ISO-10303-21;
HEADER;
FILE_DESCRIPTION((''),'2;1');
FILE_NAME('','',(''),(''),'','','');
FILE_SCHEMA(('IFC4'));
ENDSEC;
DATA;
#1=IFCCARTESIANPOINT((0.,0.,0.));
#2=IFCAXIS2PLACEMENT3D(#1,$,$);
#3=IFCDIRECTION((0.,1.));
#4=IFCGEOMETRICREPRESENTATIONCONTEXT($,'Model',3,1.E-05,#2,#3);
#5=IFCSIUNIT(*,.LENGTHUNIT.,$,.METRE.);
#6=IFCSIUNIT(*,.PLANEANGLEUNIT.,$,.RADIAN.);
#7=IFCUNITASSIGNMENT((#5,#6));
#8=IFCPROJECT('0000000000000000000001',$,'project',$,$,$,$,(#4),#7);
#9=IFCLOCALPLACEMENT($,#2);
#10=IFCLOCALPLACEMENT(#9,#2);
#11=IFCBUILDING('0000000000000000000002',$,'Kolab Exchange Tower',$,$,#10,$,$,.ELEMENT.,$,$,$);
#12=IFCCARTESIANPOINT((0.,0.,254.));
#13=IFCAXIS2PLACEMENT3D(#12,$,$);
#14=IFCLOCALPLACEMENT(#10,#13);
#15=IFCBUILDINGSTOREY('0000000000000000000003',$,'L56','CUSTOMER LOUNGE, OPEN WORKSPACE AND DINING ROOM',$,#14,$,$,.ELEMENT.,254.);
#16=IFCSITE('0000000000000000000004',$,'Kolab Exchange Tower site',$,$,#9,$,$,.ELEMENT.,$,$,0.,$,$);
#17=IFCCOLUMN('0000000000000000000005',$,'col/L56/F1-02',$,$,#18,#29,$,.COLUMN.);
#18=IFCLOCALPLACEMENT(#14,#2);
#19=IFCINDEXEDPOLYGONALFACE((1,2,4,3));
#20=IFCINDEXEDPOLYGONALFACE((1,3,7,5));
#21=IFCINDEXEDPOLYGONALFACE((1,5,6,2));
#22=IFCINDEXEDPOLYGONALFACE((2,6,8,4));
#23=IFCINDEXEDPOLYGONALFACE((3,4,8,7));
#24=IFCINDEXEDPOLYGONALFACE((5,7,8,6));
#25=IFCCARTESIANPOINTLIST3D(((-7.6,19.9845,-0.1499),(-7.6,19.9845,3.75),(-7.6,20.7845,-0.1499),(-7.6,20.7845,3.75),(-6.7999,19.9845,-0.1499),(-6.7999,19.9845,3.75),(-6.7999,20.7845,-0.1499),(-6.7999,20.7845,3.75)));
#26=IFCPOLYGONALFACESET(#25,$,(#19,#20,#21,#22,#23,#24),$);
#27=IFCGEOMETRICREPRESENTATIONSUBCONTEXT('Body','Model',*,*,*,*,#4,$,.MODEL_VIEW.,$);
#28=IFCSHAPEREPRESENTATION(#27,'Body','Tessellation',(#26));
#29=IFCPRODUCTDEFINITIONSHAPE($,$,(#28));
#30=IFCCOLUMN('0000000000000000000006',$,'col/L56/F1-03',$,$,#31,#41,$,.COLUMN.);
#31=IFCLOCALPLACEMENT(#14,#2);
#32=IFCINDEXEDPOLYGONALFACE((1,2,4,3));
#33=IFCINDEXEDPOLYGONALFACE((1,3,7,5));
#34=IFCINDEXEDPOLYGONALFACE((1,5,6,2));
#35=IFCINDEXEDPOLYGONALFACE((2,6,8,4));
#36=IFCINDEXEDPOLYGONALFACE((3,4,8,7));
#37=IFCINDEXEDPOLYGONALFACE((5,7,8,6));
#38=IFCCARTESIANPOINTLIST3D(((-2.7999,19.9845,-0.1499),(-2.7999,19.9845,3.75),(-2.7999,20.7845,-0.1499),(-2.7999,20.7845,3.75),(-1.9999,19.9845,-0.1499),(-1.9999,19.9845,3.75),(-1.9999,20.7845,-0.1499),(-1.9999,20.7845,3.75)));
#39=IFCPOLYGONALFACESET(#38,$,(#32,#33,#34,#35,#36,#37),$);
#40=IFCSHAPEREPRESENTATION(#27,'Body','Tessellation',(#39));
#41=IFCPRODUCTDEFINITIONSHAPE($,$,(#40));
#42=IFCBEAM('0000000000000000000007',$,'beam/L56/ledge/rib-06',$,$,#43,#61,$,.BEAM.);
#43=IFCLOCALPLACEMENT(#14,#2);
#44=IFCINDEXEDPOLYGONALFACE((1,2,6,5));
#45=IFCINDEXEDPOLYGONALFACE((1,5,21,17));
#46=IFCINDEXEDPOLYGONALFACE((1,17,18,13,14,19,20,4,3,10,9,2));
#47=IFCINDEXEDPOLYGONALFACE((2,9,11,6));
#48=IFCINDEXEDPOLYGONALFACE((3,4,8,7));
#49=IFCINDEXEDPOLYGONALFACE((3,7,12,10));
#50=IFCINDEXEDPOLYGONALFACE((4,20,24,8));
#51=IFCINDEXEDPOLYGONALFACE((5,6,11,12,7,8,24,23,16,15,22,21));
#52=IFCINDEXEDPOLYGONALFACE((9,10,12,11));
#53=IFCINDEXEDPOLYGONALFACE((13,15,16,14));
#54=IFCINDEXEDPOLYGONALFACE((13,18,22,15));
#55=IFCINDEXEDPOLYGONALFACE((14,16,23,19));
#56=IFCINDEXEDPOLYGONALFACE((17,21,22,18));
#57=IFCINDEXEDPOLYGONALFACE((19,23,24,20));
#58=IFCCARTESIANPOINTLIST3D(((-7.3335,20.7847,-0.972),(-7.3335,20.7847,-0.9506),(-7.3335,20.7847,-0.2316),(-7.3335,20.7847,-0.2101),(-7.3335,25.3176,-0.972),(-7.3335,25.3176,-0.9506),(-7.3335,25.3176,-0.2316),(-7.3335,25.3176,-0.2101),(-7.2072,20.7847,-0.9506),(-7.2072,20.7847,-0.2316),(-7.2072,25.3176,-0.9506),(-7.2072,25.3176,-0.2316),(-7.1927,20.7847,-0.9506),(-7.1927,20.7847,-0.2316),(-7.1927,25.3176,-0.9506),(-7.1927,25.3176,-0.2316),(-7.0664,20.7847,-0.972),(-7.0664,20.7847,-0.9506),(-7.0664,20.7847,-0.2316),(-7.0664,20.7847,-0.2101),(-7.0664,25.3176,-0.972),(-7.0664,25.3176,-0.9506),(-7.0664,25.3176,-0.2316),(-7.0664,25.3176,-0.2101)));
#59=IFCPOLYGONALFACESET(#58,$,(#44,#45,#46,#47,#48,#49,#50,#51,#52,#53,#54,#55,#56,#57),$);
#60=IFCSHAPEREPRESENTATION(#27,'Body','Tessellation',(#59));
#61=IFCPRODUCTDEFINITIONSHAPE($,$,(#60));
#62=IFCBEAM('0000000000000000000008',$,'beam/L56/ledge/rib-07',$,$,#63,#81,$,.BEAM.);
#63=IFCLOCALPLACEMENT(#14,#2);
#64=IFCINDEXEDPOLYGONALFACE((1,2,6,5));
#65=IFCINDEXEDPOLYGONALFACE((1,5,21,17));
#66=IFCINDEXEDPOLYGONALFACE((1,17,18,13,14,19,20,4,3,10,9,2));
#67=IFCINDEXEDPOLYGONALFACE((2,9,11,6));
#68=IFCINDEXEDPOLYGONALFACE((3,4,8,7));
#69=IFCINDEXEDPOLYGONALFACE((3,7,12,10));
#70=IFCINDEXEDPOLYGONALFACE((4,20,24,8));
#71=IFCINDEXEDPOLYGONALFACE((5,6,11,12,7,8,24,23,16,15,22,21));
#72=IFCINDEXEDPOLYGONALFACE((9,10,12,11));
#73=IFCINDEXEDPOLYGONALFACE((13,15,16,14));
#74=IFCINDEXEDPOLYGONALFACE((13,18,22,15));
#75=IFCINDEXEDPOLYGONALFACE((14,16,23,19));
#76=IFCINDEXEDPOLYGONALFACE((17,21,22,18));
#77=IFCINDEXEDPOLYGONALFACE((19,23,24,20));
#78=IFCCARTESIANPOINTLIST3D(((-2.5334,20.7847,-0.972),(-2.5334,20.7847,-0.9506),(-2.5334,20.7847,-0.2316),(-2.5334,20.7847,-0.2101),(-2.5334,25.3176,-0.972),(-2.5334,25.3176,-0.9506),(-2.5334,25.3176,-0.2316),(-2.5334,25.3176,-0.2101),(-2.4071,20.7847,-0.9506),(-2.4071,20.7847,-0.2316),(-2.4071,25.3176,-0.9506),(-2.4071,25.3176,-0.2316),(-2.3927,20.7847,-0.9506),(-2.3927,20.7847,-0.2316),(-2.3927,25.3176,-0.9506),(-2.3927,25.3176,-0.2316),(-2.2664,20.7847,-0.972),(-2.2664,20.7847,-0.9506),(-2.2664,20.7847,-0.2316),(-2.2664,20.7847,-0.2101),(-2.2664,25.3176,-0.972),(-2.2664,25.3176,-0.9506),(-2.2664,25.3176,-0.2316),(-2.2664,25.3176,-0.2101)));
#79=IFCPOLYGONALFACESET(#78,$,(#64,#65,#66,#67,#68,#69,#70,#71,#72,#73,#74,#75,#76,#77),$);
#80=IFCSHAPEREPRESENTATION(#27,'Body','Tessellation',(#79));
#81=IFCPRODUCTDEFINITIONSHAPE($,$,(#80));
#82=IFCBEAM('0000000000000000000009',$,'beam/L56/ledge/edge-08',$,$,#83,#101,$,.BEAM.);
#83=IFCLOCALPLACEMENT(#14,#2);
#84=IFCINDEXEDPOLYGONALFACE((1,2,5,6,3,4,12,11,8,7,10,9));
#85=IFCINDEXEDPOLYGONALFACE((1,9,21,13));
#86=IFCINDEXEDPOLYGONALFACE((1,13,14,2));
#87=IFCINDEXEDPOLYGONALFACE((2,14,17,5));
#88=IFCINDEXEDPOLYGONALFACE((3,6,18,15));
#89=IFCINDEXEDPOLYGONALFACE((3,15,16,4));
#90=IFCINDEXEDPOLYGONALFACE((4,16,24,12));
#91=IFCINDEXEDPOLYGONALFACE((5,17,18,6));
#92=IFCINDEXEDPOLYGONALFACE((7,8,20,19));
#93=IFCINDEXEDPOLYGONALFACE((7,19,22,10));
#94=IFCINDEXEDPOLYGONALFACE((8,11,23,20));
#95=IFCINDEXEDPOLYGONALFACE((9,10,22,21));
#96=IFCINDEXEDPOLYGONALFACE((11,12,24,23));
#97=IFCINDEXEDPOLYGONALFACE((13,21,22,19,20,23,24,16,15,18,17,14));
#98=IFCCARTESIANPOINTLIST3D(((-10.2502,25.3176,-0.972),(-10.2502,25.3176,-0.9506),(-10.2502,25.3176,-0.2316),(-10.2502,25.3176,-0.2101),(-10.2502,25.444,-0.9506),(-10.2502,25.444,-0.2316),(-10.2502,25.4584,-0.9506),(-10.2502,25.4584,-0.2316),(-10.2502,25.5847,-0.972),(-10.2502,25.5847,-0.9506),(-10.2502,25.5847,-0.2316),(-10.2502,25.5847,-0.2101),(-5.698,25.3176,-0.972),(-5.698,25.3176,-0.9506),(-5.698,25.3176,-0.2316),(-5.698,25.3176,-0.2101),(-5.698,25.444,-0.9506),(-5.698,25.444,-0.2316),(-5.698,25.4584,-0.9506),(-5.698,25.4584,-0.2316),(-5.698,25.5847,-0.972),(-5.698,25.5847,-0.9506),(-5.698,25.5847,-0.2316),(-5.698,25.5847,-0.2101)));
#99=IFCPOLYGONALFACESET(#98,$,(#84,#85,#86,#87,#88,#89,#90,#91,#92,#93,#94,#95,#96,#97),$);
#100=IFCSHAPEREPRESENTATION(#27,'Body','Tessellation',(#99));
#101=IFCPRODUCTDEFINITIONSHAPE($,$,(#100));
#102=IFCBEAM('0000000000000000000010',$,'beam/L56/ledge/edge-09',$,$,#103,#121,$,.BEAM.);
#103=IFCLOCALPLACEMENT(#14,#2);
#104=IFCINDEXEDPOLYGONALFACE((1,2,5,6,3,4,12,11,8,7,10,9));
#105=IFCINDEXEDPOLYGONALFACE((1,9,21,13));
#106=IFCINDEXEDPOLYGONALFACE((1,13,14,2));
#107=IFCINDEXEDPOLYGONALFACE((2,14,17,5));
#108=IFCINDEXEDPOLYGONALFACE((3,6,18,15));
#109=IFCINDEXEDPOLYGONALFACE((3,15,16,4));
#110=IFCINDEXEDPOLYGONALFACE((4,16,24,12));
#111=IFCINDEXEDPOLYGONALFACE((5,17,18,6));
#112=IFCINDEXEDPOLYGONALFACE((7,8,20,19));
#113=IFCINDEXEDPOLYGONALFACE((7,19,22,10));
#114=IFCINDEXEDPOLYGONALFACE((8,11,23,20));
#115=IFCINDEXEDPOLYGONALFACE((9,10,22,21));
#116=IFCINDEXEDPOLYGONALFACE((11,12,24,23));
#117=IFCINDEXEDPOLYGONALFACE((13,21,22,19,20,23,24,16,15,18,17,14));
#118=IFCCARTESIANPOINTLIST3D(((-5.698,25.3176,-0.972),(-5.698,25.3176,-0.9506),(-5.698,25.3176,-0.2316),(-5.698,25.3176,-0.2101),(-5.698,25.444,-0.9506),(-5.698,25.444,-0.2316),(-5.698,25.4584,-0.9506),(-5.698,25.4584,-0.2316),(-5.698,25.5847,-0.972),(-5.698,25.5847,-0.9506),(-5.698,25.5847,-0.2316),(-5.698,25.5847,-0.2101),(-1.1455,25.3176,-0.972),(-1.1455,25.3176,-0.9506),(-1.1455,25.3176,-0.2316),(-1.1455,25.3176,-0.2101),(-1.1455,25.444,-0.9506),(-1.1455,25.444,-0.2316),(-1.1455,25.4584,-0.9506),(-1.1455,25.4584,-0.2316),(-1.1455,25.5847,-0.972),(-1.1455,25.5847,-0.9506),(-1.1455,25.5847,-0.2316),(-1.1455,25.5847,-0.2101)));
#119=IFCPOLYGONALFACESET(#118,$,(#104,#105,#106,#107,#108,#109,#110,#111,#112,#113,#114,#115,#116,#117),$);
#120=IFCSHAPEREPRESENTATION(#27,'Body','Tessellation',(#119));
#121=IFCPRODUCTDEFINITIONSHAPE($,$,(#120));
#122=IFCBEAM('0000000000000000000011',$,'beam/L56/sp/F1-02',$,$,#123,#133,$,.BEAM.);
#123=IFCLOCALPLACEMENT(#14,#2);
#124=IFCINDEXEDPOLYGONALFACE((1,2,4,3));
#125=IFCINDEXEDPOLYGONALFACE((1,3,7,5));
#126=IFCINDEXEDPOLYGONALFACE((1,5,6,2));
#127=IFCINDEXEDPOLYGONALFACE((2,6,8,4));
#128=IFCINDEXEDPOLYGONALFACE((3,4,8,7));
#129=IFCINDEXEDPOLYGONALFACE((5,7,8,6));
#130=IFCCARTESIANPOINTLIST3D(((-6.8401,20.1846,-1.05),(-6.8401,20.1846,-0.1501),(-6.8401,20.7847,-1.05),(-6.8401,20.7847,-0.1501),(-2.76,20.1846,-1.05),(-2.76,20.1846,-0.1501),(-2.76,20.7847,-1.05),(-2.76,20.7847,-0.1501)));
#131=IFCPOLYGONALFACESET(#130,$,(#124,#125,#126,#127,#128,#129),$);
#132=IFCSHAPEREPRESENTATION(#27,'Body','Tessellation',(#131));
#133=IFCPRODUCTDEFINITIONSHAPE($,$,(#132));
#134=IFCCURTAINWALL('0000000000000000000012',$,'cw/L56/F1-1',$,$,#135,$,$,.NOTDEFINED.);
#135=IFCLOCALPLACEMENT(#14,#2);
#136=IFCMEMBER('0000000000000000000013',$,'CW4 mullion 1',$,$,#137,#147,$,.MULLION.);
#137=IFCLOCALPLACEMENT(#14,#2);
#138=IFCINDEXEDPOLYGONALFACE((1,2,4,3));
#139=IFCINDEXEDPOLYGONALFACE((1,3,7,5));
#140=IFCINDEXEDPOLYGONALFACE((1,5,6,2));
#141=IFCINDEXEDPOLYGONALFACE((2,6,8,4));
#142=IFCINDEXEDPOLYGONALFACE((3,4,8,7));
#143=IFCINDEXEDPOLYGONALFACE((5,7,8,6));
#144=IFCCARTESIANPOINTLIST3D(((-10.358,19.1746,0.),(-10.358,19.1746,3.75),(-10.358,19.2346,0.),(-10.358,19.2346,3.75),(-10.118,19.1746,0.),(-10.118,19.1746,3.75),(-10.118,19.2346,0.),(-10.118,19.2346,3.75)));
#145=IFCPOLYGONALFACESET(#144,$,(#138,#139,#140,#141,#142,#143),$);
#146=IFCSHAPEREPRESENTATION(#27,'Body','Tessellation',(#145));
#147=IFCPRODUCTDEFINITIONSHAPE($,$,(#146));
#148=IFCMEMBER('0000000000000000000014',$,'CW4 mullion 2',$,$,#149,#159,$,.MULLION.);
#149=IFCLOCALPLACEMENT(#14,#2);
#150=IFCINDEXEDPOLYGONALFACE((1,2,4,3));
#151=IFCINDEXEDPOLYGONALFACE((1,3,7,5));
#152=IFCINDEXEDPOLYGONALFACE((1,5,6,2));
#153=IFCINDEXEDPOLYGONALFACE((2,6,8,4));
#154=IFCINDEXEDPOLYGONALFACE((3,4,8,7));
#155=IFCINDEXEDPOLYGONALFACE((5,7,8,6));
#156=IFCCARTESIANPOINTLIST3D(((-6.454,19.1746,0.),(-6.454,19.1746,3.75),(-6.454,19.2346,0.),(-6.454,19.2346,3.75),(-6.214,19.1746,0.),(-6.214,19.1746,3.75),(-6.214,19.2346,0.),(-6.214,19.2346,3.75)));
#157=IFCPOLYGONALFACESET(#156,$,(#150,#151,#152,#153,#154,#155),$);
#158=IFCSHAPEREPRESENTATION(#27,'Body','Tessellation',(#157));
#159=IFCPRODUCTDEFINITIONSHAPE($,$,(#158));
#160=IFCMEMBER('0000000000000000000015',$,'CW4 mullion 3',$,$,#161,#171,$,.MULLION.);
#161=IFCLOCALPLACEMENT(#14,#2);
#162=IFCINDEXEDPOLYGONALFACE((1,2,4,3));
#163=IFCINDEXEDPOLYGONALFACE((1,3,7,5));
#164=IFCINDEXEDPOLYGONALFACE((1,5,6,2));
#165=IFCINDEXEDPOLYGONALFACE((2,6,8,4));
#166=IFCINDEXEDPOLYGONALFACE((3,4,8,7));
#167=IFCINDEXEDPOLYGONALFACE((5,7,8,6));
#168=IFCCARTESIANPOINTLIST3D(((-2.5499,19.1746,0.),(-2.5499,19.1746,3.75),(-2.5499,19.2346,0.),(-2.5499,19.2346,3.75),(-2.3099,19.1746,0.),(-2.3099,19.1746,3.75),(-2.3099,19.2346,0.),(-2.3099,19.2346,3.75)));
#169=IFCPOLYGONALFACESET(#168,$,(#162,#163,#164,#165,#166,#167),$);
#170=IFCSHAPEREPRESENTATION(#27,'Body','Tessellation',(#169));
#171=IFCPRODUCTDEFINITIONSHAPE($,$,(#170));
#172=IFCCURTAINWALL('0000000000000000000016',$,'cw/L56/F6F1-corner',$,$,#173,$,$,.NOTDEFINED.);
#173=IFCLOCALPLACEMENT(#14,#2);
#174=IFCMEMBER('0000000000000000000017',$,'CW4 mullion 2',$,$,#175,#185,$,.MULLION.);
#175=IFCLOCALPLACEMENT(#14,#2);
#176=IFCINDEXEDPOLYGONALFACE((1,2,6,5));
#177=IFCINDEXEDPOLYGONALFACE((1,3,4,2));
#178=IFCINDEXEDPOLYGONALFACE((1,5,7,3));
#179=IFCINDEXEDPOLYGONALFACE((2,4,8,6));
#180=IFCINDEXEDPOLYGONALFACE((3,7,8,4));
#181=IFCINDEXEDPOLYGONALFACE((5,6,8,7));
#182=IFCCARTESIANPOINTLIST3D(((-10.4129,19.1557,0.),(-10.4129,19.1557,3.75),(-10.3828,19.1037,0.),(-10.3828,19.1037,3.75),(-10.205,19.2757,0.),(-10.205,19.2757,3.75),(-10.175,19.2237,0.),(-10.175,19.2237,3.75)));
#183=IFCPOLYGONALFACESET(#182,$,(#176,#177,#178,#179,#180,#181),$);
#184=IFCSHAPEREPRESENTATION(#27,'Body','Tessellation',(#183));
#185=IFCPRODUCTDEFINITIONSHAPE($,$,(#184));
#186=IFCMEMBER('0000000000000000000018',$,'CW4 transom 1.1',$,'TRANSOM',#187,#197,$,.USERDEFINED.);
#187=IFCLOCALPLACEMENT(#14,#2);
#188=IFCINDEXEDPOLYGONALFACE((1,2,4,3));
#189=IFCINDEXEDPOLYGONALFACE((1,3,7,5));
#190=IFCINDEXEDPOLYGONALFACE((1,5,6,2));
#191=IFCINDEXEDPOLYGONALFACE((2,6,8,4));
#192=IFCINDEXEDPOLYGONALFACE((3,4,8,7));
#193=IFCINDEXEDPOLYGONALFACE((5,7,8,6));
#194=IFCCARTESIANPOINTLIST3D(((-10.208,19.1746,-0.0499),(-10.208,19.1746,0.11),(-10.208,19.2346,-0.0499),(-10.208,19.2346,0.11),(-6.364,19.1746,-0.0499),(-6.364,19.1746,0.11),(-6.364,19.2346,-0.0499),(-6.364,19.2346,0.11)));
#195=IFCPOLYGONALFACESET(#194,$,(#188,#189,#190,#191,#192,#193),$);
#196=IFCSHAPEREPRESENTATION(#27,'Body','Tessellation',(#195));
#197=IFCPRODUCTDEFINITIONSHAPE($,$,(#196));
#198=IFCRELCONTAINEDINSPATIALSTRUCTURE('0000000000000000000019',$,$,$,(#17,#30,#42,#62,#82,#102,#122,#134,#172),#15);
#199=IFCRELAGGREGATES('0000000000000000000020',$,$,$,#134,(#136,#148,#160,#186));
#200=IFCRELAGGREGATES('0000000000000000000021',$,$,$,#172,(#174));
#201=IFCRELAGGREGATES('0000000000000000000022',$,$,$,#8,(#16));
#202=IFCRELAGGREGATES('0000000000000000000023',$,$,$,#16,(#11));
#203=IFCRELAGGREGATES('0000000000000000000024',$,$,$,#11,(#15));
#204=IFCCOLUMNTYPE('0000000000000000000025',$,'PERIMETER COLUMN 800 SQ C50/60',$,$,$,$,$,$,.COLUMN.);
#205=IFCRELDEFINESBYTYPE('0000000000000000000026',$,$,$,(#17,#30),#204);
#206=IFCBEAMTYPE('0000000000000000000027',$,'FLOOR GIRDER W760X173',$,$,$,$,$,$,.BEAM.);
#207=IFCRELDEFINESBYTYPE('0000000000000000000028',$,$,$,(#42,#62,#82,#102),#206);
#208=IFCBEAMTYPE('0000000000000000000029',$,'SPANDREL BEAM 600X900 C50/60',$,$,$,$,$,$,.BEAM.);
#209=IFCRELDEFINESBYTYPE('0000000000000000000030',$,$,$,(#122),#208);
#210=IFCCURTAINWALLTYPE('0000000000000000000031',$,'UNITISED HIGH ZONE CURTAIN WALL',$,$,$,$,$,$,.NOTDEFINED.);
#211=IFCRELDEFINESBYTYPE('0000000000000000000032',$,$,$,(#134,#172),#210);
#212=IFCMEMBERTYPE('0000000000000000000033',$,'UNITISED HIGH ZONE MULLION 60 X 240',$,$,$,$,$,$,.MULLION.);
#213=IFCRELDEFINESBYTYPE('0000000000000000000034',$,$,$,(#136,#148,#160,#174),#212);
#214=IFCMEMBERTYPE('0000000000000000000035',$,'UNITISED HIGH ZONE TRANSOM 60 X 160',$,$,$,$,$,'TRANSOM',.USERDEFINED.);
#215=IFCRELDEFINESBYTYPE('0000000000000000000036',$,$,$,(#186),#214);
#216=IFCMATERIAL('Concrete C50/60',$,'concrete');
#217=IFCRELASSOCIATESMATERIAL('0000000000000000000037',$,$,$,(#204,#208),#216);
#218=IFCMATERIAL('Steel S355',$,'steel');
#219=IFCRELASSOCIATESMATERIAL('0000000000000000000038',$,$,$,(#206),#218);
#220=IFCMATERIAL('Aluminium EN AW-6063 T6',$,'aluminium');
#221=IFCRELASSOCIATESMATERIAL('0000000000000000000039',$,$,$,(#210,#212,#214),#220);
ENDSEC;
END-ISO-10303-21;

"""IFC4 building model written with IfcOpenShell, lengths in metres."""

from ifc_helpers import new_model, si_unit, direction, frame, origin, origin_2d, place, context, subcontext, project, spatial, rectangle, i_section, extrude, material, material_profile, profile_set, type_object, element, aggregate, save


model = new_model("IFC4")

# Units and contexts
model_context = context("Model", 3, precision=1e-05, world=origin(), true_north=direction((0.0, 1.0)))
body_context = subcontext(model_context, "Body", "Model", "MODEL_VIEW")
ifc_project = project(units=[si_unit("LENGTHUNIT", "METRE"), si_unit("PLANEANGLEUNIT", "RADIAN")], contexts=[model_context])

# Site, building, storey
site_placement = place(None, origin())
site = spatial("IfcSite", under=ifc_project, at=site_placement, Name="Kolab Exchange Tower site", CompositionType="ELEMENT", RefElevation=0.0)
building_placement = place(site_placement, origin())
building = spatial("IfcBuilding", under=site, at=building_placement, Name="Kolab Exchange Tower", CompositionType="ELEMENT")
storey_placement = place(building_placement, frame((0.0, 0.0, 254.0)))
storey = spatial("IfcBuildingStorey", under=building, at=storey_placement, Name="L56", Description="CUSTOMER LOUNGE, OPEN WORKSPACE AND DINING ROOM", CompositionType="ELEMENT", Elevation=254.0)

# Columns
ifc_material_1 = material(Name="Concrete C50/60", Category="concrete")
ifc_material_profile_1 = material_profile(ifc_material_1, rectangle(XDim=0.8, YDim=0.8, at=origin_2d()), Name="RC800")
ifc_profile_set_1 = profile_set([ifc_material_profile_1], Name="Concrete C50/60")
column_type = type_object("IfcColumnType", Name="PERIMETER COLUMN 800 SQ C50/60", PredefinedType="COLUMN", material=ifc_profile_set_1)
for number, where, z_axis, x_axis, name in (
    (1, (-7.2, 20.3845, -0.1499), (0.0, 0.0, 1.0), (1.0, 0.0, 0.0), "col/L56/F1-02"),
    (2, (-2.3999, 20.3845, -0.1499), (0.0, 0.0, 1.0), (1.0, 0.0, 0.0), "col/L56/F1-03"),
):
    element("IfcColumn", number, at=place(storey_placement, frame(where, z_axis=z_axis, x_axis=x_axis)), inside=storey, type_object=column_type, Name=name, PredefinedType="COLUMN", context=body_context, shape_type="SweptSolid", body=[
        extrude(rectangle(XDim=0.8, YDim=0.8, at=origin_2d()), origin(), (0.0, 0.0, 1.0), 3.8999),
    ])

# Beams
ifc_material_2 = material(Name="Steel S355", Category="steel")
ifc_material_profile_2 = material_profile(ifc_material_2, i_section(OverallWidth=0.2671, OverallDepth=0.762, WebThickness=0.0144, FlangeThickness=0.0215, at=origin_2d()), Name="W760X173")
ifc_profile_set_2 = profile_set([ifc_material_profile_2], Name="Steel S355")
beam_type_1 = type_object("IfcBeamType", Name="FLOOR GIRDER W760X173", PredefinedType="BEAM", material=ifc_profile_set_2)
for number, where, z_axis, x_axis, name in (
    (3, (-7.2, 20.7847, -0.5911), (0.0, 1.0, 0.0), (-1.0, 0.0, 0.0), "beam/L56/ledge/rib-06"),
    (4, (-2.3999, 20.7847, -0.5911), (0.0, 1.0, 0.0), (-1.0, 0.0, 0.0), "beam/L56/ledge/rib-07"),
):
    element("IfcBeam", number, at=place(storey_placement, frame(where, z_axis=z_axis, x_axis=x_axis)), inside=storey, type_object=beam_type_1, Name=name, PredefinedType="BEAM", context=body_context, shape_type="SweptSolid", body=[
        extrude(i_section(OverallWidth=0.2671, OverallDepth=0.762, WebThickness=0.0144, FlangeThickness=0.0215, at=origin_2d()), origin(), (0.0, 0.0, 1.0), 4.533),
    ])
beam_1_placement = place(storey_placement, frame((-10.2502, 25.4512, -0.5911), z_axis=(1.0, 0.0, 0.0), x_axis=(0.0, 1.0, 0.0)))
element("IfcBeam", 5, at=beam_1_placement, inside=storey, type_object=beam_type_1, Name="beam/L56/ledge/edge-08", PredefinedType="BEAM", context=body_context, shape_type="SweptSolid", body=[
    extrude(i_section(OverallWidth=0.2671, OverallDepth=0.762, WebThickness=0.0144, FlangeThickness=0.0215, at=origin_2d()), origin(), (0.0, 0.0, 1.0), 4.5522),
])
beam_2_placement = place(storey_placement, frame((-5.698, 25.4512, -0.5911), z_axis=(1.0, 0.0, 0.0), x_axis=(0.0, 1.0, 0.0)))
element("IfcBeam", 6, at=beam_2_placement, inside=storey, type_object=beam_type_1, Name="beam/L56/ledge/edge-09", PredefinedType="BEAM", context=body_context, shape_type="SweptSolid", body=[
    extrude(i_section(OverallWidth=0.2671, OverallDepth=0.762, WebThickness=0.0144, FlangeThickness=0.0215, at=origin_2d()), origin(), (0.0, 0.0, 1.0), 4.5525),
])
ifc_material_profile_3 = material_profile(ifc_material_1, rectangle(XDim=0.6001, YDim=0.8999, at=origin_2d()), Name="RC600X900")
ifc_profile_set_3 = profile_set([ifc_material_profile_3], Name="Concrete C50/60")
beam_type_2 = type_object("IfcBeamType", Name="SPANDREL BEAM 600X900 C50/60", PredefinedType="BEAM", material=ifc_profile_set_3)
beam_3_placement = place(storey_placement, frame((-6.8401, 20.4846, -0.6001), z_axis=(1.0, 0.0, 0.0), x_axis=(0.0, 1.0, 0.0)))
element("IfcBeam", 7, at=beam_3_placement, inside=storey, type_object=beam_type_2, Name="beam/L56/sp/F1-02", PredefinedType="BEAM", context=body_context, shape_type="SweptSolid", body=[
    extrude(rectangle(XDim=0.6001, YDim=0.8999, at=origin_2d()), origin(), (0.0, 0.0, 1.0), 4.0801),
])

# Curtain wall, members
ifc_material_3 = material(Name="Aluminium EN AW-6063 T6", Category="aluminium")
curtain_wall_type = type_object("IfcCurtainWallType", Name="UNITISED HIGH ZONE CURTAIN WALL", PredefinedType="NOTDEFINED", material=ifc_material_3)
curtain_wall_1_placement = place(storey_placement, origin())
curtain_wall_1 = element("IfcCurtainWall", 8, at=curtain_wall_1_placement, inside=storey, type_object=curtain_wall_type, Name="cw/L56/F1-1", PredefinedType="NOTDEFINED")
ifc_material_profile_4 = material_profile(ifc_material_3, rectangle(XDim=0.0601, YDim=0.24, at=origin_2d()), Name="RECT 60X240")
ifc_profile_set_4 = profile_set([ifc_material_profile_4], Name="Aluminium EN AW-6063 T6")
member_type_1 = type_object("IfcMemberType", Name="UNITISED HIGH ZONE MULLION 60 X 240", PredefinedType="MULLION", material=ifc_profile_set_4)
member_1_placement = place(storey_placement, frame((-10.238, 19.2046, 0.0), z_axis=(0.0, 0.0, 1.0), x_axis=(0.0, 1.0, 0.0)))
member_1 = element("IfcMember", 9, at=member_1_placement, type_object=member_type_1, Name="CW4 mullion 1", PredefinedType="MULLION", context=body_context, shape_type="SweptSolid", body=[
    extrude(rectangle(XDim=0.0601, YDim=0.24, at=origin_2d()), origin(), (0.0, 0.0, 1.0), 3.75),
])
member_2_placement = place(storey_placement, frame((-6.334, 19.2046, 0.0), z_axis=(0.0, 0.0, 1.0), x_axis=(0.0, 1.0, 0.0)))
member_2 = element("IfcMember", 10, at=member_2_placement, type_object=member_type_1, Name="CW4 mullion 2", PredefinedType="MULLION", context=body_context, shape_type="SweptSolid", body=[
    extrude(rectangle(XDim=0.0601, YDim=0.24, at=origin_2d()), origin(), (0.0, 0.0, 1.0), 3.75),
])
member_3_placement = place(storey_placement, frame((-2.4299, 19.2046, 0.0), z_axis=(0.0, 0.0, 1.0), x_axis=(0.0, 1.0, 0.0)))
member_3 = element("IfcMember", 11, at=member_3_placement, type_object=member_type_1, Name="CW4 mullion 3", PredefinedType="MULLION", context=body_context, shape_type="SweptSolid", body=[
    extrude(rectangle(XDim=0.0601, YDim=0.24, at=origin_2d()), origin(), (0.0, 0.0, 1.0), 3.75),
])

# Curtain wall, member
curtain_wall_2_placement = place(storey_placement, origin())
curtain_wall_2 = element("IfcCurtainWall", 12, at=curtain_wall_2_placement, inside=storey, type_object=curtain_wall_type, Name="cw/L56/F6F1-corner", PredefinedType="NOTDEFINED")
member_4_placement = place(storey_placement, frame((-10.2939, 19.1897, 0.0), z_axis=(0.0, 0.0, 1.0), x_axis=(-0.5, 0.866025, 0.0)))
member_4 = element("IfcMember", 13, at=member_4_placement, type_object=member_type_1, Name="CW4 mullion 2", PredefinedType="MULLION", context=body_context, shape_type="SweptSolid", body=[
    extrude(rectangle(XDim=0.0601, YDim=0.24, at=origin_2d()), origin(), (0.0, 0.0, 1.0), 3.75),
])

# Member
ifc_material_profile_5 = material_profile(ifc_material_3, rectangle(XDim=0.0601, YDim=0.1599, at=origin_2d()), Name="RECT 60X160")
ifc_profile_set_5 = profile_set([ifc_material_profile_5], Name="Aluminium EN AW-6063 T6")
member_type_2 = type_object("IfcMemberType", Name="UNITISED HIGH ZONE TRANSOM 60 X 160", ElementType="TRANSOM", PredefinedType="USERDEFINED", material=ifc_profile_set_5)
member_5_placement = place(storey_placement, frame((-10.208, 19.2046, 0.03), z_axis=(1.0, 0.0, 0.0), x_axis=(0.0, 1.0, 0.0)))
member_5 = element("IfcMember", 14, at=member_5_placement, type_object=member_type_2, Name="CW4 transom 1.1", ObjectType="TRANSOM", PredefinedType="USERDEFINED", context=body_context, shape_type="SweptSolid", body=[
    extrude(rectangle(XDim=0.0601, YDim=0.1599, at=origin_2d()), origin(), (0.0, 0.0, 1.0), 3.844),
])

aggregate(curtain_wall_1, [member_1, member_2, member_3, member_5])
aggregate(curtain_wall_2, [member_4])

save(model, "model.ifc")
